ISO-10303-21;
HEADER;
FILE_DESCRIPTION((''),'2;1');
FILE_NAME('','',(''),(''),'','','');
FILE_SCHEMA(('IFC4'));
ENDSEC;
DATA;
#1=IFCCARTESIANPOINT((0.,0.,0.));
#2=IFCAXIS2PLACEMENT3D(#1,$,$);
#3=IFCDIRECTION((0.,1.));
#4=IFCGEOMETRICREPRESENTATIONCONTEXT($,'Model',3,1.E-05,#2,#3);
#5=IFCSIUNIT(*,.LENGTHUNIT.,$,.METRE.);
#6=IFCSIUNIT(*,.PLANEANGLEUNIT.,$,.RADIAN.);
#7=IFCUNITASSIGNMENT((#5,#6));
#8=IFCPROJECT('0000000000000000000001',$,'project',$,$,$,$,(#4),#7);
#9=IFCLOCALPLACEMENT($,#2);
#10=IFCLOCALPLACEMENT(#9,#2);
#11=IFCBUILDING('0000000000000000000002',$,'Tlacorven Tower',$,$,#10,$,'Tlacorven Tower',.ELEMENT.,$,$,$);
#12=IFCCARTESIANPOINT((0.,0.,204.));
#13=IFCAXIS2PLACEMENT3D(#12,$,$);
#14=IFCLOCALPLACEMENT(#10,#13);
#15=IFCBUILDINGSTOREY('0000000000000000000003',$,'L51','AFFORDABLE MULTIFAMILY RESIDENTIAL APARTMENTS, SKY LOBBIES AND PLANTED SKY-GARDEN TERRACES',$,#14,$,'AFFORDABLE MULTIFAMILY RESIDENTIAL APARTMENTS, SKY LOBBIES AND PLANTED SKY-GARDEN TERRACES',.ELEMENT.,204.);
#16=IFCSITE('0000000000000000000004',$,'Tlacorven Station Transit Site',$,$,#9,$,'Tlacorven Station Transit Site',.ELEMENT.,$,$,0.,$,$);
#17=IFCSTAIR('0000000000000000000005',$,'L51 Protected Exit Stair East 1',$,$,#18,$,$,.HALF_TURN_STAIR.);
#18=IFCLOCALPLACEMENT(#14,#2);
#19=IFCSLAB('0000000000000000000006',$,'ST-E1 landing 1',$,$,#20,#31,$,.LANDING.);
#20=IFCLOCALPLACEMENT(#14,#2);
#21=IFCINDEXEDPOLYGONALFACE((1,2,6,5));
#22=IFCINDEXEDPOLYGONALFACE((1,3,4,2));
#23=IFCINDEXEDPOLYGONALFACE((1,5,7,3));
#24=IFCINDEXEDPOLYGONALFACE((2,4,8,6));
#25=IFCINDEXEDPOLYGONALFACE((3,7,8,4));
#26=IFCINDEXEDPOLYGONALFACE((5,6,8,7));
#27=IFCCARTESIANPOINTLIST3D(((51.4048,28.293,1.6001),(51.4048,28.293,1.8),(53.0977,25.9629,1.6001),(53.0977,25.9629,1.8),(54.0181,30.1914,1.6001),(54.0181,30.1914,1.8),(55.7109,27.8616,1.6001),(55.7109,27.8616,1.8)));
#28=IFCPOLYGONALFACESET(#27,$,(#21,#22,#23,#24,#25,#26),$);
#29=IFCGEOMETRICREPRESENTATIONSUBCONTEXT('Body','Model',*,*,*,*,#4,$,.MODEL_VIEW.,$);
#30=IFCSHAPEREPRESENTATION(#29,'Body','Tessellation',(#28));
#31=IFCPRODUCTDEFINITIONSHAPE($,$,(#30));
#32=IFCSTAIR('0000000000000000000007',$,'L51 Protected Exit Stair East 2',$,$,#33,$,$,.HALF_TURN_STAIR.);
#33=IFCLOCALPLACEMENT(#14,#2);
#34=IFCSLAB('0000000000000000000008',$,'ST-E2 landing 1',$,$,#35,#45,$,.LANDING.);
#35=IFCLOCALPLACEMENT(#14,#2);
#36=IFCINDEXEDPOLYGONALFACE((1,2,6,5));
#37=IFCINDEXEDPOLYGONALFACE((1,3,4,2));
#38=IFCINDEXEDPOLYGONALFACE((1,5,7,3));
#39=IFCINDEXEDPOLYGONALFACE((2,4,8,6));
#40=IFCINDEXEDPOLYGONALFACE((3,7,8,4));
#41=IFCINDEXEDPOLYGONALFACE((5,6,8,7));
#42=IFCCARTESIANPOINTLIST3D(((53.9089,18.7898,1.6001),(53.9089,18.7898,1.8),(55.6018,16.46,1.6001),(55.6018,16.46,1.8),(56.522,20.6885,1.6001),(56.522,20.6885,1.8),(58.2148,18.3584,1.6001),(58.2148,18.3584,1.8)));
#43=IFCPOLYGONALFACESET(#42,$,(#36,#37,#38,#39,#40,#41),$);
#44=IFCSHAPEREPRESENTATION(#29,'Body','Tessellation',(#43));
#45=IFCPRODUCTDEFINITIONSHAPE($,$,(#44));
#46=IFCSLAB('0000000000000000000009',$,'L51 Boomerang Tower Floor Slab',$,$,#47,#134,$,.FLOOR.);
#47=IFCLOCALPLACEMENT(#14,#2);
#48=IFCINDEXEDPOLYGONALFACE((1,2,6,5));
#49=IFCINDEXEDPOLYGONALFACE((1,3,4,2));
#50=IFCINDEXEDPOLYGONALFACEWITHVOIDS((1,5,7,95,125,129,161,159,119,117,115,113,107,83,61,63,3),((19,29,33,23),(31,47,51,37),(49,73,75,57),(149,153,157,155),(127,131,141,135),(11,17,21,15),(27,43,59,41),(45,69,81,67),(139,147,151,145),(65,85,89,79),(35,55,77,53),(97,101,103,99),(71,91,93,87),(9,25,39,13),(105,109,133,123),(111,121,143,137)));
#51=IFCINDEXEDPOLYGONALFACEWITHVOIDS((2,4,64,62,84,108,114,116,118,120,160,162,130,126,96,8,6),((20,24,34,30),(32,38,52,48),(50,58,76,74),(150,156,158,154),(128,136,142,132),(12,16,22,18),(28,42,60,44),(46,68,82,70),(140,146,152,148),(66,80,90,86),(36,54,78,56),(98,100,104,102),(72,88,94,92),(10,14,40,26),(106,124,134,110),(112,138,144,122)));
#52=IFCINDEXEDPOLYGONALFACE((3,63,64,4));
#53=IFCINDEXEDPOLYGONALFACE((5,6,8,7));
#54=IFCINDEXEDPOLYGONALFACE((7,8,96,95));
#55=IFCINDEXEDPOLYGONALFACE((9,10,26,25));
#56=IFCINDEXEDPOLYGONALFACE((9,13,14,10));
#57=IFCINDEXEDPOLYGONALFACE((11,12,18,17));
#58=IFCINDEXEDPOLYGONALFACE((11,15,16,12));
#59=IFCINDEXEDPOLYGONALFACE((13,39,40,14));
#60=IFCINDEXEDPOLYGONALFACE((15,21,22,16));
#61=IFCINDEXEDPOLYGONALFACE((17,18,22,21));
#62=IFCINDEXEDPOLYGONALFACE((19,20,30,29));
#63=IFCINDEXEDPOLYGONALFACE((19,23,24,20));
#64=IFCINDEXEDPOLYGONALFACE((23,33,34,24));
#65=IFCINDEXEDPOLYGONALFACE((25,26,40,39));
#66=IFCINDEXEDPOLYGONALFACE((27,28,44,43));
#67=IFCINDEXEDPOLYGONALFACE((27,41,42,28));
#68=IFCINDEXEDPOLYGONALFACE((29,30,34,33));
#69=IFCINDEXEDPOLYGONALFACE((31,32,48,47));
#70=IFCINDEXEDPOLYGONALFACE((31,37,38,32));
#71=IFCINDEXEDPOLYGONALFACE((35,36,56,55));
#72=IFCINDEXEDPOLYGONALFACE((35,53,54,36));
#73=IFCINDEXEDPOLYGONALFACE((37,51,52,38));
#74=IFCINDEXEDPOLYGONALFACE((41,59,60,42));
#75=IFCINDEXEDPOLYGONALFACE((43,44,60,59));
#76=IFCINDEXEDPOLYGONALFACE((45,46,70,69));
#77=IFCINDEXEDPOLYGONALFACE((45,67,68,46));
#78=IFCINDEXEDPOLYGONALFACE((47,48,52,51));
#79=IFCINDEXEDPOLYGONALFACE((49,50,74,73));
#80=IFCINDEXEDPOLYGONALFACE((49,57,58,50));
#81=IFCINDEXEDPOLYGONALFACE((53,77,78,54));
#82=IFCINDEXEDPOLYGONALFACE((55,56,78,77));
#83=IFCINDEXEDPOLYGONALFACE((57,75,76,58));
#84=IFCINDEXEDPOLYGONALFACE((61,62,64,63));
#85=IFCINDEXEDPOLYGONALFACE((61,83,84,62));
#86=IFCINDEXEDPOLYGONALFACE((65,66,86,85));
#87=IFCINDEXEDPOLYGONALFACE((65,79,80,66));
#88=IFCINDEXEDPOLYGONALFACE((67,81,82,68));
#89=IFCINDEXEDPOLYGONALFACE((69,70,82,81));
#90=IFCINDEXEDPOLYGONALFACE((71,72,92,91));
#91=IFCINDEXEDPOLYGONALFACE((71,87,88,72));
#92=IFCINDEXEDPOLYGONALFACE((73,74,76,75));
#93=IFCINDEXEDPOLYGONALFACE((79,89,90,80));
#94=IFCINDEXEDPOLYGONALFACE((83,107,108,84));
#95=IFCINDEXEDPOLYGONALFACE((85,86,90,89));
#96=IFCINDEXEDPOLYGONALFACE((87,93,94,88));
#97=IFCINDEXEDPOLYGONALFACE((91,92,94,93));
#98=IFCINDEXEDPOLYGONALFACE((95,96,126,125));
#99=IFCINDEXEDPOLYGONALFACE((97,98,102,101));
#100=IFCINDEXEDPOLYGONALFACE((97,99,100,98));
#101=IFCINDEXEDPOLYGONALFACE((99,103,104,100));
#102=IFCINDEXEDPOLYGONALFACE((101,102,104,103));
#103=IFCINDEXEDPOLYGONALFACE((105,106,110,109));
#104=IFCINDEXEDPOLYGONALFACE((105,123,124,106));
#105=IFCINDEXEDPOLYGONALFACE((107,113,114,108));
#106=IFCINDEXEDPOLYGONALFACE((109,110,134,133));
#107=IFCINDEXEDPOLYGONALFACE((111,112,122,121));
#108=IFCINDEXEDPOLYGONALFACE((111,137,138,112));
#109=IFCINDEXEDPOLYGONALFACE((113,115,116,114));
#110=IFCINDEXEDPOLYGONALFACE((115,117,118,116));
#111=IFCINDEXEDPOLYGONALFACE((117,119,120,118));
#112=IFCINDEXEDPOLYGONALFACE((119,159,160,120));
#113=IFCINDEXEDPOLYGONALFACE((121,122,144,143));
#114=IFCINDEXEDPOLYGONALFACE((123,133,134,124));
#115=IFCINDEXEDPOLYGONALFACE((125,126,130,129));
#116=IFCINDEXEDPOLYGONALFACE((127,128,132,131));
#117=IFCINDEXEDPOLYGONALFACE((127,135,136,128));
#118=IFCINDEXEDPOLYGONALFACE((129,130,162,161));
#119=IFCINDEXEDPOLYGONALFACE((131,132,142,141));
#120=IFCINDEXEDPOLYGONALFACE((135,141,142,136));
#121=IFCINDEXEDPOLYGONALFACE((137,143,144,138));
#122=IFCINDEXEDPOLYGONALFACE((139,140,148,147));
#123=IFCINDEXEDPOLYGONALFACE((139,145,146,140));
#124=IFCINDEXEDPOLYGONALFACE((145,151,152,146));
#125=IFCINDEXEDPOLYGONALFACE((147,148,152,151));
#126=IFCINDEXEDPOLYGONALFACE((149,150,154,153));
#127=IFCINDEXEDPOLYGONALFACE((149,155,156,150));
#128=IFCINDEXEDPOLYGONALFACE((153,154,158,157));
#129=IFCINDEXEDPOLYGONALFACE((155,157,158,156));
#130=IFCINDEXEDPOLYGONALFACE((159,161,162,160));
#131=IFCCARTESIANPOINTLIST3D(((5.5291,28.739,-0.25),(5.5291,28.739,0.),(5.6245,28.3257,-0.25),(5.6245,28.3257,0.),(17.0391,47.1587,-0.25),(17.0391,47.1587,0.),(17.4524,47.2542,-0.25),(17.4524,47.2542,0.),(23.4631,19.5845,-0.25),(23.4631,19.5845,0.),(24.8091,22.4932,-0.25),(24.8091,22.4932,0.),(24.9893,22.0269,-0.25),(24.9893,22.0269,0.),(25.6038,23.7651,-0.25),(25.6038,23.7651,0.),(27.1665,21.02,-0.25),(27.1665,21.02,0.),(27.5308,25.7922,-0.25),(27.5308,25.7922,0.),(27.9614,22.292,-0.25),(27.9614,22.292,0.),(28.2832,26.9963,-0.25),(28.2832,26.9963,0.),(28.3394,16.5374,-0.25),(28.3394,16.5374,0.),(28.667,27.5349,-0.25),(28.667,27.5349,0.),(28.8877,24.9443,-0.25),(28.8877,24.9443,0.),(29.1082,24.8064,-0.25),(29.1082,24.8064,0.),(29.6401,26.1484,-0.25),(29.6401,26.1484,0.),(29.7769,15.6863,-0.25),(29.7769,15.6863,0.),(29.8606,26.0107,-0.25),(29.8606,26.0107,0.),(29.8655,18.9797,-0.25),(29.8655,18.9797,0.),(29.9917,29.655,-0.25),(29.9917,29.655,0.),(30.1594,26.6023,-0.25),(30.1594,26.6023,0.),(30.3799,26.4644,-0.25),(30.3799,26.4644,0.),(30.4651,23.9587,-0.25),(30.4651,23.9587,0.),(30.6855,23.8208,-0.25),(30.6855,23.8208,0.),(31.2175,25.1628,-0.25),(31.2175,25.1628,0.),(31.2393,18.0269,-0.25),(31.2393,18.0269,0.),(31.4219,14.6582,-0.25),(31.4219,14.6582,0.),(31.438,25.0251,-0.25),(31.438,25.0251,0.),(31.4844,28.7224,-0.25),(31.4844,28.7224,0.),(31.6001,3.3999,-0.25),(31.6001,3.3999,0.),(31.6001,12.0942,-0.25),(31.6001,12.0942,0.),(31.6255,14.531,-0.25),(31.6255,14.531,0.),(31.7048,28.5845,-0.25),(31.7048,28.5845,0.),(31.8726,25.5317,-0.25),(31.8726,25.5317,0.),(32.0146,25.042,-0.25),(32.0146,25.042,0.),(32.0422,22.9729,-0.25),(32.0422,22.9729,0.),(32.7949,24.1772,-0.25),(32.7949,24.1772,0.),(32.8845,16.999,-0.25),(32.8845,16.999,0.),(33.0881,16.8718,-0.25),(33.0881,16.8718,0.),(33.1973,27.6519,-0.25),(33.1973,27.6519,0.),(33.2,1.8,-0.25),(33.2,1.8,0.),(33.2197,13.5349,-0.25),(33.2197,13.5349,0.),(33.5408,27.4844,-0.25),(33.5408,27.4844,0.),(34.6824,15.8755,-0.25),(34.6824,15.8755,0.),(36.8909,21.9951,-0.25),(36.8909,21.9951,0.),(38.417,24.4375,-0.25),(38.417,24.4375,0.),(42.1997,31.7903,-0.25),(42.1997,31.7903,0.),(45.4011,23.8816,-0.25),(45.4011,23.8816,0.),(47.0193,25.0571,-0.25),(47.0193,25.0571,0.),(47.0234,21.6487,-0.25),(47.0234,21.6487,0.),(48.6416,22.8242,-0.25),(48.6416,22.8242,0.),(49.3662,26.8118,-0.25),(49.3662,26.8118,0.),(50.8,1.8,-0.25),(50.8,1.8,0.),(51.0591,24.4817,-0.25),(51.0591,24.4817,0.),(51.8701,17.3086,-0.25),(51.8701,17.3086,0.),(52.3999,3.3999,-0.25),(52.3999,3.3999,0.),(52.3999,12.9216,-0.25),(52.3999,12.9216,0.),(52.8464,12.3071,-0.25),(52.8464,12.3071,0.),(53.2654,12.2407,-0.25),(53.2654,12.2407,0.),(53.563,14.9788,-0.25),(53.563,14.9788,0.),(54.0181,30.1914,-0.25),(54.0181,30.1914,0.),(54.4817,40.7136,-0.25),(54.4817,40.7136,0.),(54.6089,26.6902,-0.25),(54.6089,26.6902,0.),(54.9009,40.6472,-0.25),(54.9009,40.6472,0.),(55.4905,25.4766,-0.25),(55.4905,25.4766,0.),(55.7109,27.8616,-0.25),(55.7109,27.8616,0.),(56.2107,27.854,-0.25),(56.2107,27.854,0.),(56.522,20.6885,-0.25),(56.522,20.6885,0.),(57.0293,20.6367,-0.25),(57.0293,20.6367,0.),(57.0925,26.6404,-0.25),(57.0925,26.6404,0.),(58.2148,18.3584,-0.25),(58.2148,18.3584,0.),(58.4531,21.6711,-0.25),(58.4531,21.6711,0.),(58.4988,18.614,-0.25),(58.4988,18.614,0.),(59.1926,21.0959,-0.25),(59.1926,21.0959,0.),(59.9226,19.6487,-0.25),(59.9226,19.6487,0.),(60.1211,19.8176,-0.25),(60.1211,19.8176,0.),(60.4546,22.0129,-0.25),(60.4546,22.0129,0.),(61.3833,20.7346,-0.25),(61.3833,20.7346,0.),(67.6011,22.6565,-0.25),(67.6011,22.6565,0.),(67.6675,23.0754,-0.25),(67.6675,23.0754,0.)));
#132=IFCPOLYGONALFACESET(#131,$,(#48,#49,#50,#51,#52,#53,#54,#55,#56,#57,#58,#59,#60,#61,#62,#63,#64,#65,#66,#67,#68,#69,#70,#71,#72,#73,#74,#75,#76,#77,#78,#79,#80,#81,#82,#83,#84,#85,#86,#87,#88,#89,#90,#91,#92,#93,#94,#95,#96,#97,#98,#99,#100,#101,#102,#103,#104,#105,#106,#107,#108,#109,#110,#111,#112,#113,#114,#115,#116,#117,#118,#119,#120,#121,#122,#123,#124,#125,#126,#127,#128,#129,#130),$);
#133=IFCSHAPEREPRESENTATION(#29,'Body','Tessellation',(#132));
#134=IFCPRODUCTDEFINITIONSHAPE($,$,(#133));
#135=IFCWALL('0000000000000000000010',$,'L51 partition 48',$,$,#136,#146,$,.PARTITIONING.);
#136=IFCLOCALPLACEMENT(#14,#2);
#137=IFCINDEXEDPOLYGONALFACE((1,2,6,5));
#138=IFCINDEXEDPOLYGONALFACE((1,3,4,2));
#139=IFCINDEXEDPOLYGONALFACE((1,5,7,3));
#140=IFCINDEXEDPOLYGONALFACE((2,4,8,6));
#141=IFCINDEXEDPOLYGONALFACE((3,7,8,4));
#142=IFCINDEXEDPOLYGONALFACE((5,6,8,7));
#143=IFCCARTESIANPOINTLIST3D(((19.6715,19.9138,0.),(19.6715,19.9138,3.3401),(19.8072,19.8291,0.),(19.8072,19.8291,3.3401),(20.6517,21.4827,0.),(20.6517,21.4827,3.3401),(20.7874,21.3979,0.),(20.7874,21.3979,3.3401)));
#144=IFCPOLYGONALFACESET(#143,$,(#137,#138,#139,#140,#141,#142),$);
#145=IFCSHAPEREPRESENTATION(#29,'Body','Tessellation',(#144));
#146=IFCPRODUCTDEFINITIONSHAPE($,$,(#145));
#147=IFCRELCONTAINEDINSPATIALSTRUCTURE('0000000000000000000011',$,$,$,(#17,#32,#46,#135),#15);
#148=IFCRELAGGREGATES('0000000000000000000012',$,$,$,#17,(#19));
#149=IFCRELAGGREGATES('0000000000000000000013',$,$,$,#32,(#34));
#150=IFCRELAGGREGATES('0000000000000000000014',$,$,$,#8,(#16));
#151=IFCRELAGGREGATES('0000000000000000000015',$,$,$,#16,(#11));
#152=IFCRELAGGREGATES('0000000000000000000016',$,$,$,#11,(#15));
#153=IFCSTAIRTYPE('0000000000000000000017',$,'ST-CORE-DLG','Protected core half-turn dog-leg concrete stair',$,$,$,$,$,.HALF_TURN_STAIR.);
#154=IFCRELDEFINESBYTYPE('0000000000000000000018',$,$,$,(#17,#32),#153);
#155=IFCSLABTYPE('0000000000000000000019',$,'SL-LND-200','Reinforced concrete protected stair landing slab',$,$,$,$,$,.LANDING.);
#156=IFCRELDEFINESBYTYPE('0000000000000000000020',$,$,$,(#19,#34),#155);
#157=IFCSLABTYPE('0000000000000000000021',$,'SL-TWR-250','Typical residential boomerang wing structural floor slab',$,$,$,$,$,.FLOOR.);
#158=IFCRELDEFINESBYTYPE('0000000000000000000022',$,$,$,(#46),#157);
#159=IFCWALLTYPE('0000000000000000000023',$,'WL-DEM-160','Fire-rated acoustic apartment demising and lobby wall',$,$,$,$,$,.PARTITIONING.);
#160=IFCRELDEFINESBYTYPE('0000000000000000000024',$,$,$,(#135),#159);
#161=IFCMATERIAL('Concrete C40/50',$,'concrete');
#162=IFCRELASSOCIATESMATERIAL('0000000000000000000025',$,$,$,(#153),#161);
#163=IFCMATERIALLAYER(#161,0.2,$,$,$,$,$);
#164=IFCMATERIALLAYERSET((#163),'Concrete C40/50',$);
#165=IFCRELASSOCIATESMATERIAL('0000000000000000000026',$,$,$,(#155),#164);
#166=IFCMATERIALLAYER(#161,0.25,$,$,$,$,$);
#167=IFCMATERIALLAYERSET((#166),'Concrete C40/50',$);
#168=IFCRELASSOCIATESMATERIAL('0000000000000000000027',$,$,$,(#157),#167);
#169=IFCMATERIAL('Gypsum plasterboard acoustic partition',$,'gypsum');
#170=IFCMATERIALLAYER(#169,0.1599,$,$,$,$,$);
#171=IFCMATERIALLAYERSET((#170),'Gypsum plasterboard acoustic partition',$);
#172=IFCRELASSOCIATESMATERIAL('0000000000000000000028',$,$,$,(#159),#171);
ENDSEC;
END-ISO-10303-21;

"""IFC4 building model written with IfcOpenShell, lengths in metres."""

from ifc_helpers import new_model, si_unit, direction, frame, frame_2d, origin, place, context, subcontext, project, spatial, polyline, rectangle, outline, extrude, material, layer, layer_set, type_object, element, aggregate, save


model = new_model("IFC4")

# Units and contexts
model_context = context("Model", 3, precision=1e-05, world=origin(), true_north=direction((0.0, 1.0)))
body_context = subcontext(model_context, "Body", "Model", "MODEL_VIEW")
ifc_project = project(units=[si_unit("LENGTHUNIT", "METRE"), si_unit("PLANEANGLEUNIT", "RADIAN")], contexts=[model_context])

# Site, building, storey
site_placement = place(None, origin())
site = spatial("IfcSite", under=ifc_project, at=site_placement, Name="Tlacorven Station Transit Site", LongName="Tlacorven Station Transit Site", CompositionType="ELEMENT", RefElevation=0.0)
building_placement = place(site_placement, origin())
building = spatial("IfcBuilding", under=site, at=building_placement, Name="Tlacorven Tower", LongName="Tlacorven Tower", CompositionType="ELEMENT")
storey_placement = place(building_placement, frame((0.0, 0.0, 204.0)))
storey = spatial("IfcBuildingStorey", under=building, at=storey_placement, Name="L51", Description="AFFORDABLE MULTIFAMILY RESIDENTIAL APARTMENTS, SKY LOBBIES AND PLANTED SKY-GARDEN TERRACES", LongName="AFFORDABLE MULTIFAMILY RESIDENTIAL APARTMENTS, SKY LOBBIES AND PLANTED SKY-GARDEN TERRACES", CompositionType="ELEMENT", Elevation=204.0)

# Stairs, slabs
ifc_material_1 = material(Name="Concrete C40/50", Category="concrete")
stair_type = type_object("IfcStairType", Name="ST-CORE-DLG", Description="Protected core half-turn dog-leg concrete stair", PredefinedType="HALF_TURN_STAIR", material=ifc_material_1)
ifc_layer_1 = layer(ifc_material_1, 0.2)
ifc_layer_set_1 = layer_set([ifc_layer_1], Name="Concrete C40/50")
slab_type_1 = type_object("IfcSlabType", Name="SL-LND-200", Description="Reinforced concrete protected stair landing slab", PredefinedType="LANDING", material=ifc_layer_set_1)
stair_1_placement = place(storey_placement, origin())
stair_1 = element("IfcStair", 1, at=stair_1_placement, inside=storey, type_object=stair_type, Name="L51 Protected Exit Stair East 1", PredefinedType="HALF_TURN_STAIR")
slab_1_placement = place(storey_placement, frame((0.0, 0.0, 1.6001)))
slab_1 = element("IfcSlab", 2, at=slab_1_placement, type_object=slab_type_1, Name="ST-E1 landing 1", PredefinedType="LANDING", context=body_context, shape_type="SweptSolid", body=[
    extrude(outline(polyline([(53.0977, 25.9629), (55.7109, 27.8616), (54.0181, 30.1914), (51.4048, 28.293), (53.0977, 25.9629)])), origin(), (0.0, 0.0, 1.0), 0.2),
])
aggregate(stair_1, [slab_1])
stair_2_placement = place(storey_placement, origin())
stair_2 = element("IfcStair", 3, at=stair_2_placement, inside=storey, type_object=stair_type, Name="L51 Protected Exit Stair East 2", PredefinedType="HALF_TURN_STAIR")
slab_2_placement = place(storey_placement, frame((0.0, 0.0, 1.6001)))
slab_2 = element("IfcSlab", 4, at=slab_2_placement, type_object=slab_type_1, Name="ST-E2 landing 1", PredefinedType="LANDING", context=body_context, shape_type="SweptSolid", body=[
    extrude(outline(polyline([(55.6018, 16.46), (58.2148, 18.3584), (56.522, 20.6885), (53.9089, 18.7898), (55.6018, 16.46)])), origin(), (0.0, 0.0, 1.0), 0.2),
])
aggregate(stair_2, [slab_2])

# Slab
ifc_layer_2 = layer(ifc_material_1, 0.25)
ifc_layer_set_2 = layer_set([ifc_layer_2], Name="Concrete C40/50")
slab_type_2 = type_object("IfcSlabType", Name="SL-TWR-250", Description="Typical residential boomerang wing structural floor slab", PredefinedType="FLOOR", material=ifc_layer_set_2)
slab_3_placement = place(storey_placement, frame((0.0, 0.0, -0.25)))
element("IfcSlab", 5, at=slab_3_placement, inside=storey, type_object=slab_type_2, Name="L51 Boomerang Tower Floor Slab", PredefinedType="FLOOR", context=body_context, shape_type="SweptSolid", body=[
    extrude(outline(polyline([(52.3999, 3.3999), (50.8, 1.8), (33.2, 1.8), (31.6001, 3.3999), (31.6001, 12.0942), (5.6245, 28.3257), (5.5291, 28.739), (17.0391, 47.1587), (17.4524, 47.2542), (42.1997, 31.7903), (54.4817, 40.7136), (54.9009, 40.6472), (67.6675, 23.0754), (67.6011, 22.6565), (53.2654, 12.2407), (52.8464, 12.3071), (52.3999, 12.9216), (52.3999, 3.3999)]), holes=[polyline([(29.8655, 18.9797), (24.9893, 22.0269), (23.4631, 19.5845), (28.3394, 16.5374), (29.8655, 18.9797)]), polyline([(38.417, 24.4375), (33.5408, 27.4844), (32.0146, 25.042), (36.8909, 21.9951), (38.417, 24.4375)]), polyline([(51.0591, 24.4817), (55.7109, 27.8616), (54.0181, 30.1914), (49.3662, 26.8118), (51.0591, 24.4817)]), polyline([(53.563, 14.9788), (58.2148, 18.3584), (56.522, 20.6885), (51.8701, 17.3086), (53.563, 14.9788)]), polyline([(34.6824, 15.8755), (33.0881, 16.8718), (31.6255, 14.531), (33.2197, 13.5349), (34.6824, 15.8755)]), polyline([(32.8845, 16.999), (31.2393, 18.0269), (29.7769, 15.6863), (31.4219, 14.6582), (32.8845, 16.999)]), polyline([(47.0234, 21.6487), (48.6416, 22.8242), (47.0193, 25.0571), (45.4011, 23.8816), (47.0234, 21.6487)]), polyline([(33.1973, 27.6519), (31.7048, 28.5845), (30.3799, 26.4644), (31.8726, 25.5317), (33.1973, 27.6519)]), polyline([(31.4844, 28.7224), (29.9917, 29.655), (28.667, 27.5349), (30.1594, 26.6023), (31.4844, 28.7224)]), polyline([(32.7949, 24.1772), (31.438, 25.0251), (30.6855, 23.8208), (32.0422, 22.9729), (32.7949, 24.1772)]), polyline([(31.2175, 25.1628), (29.8606, 26.0107), (29.1082, 24.8064), (30.4651, 23.9587), (31.2175, 25.1628)]), polyline([(29.6401, 26.1484), (28.2832, 26.9963), (27.5308, 25.7922), (28.8877, 24.9443), (29.6401, 26.1484)]), polyline([(58.4988, 18.614), (59.9226, 19.6487), (58.4531, 21.6711), (57.0293, 20.6367), (58.4988, 18.614)]), polyline([(27.9614, 22.292), (25.6038, 23.7651), (24.8091, 22.4932), (27.1665, 21.02), (27.9614, 22.292)]), polyline([(55.4905, 25.4766), (57.0925, 26.6404), (56.2107, 27.854), (54.6089, 26.6902), (55.4905, 25.4766)]), polyline([(60.1211, 19.8176), (61.3833, 20.7346), (60.4546, 22.0129), (59.1926, 21.0959), (60.1211, 19.8176)])]), origin(), (0.0, 0.0, 1.0), 0.25),
])

# Wall
ifc_material_2 = material(Name="Gypsum plasterboard acoustic partition", Category="gypsum")
ifc_layer_3 = layer(ifc_material_2, 0.1599)
ifc_layer_set_3 = layer_set([ifc_layer_3], Name="Gypsum plasterboard acoustic partition")
wall_type = type_object("IfcWallType", Name="WL-DEM-160", Description="Fire-rated acoustic apartment demising and lobby wall", PredefinedType="PARTITIONING", material=ifc_layer_set_3)
wall_1_placement = place(storey_placement, frame((20.7195, 21.4402, 0.0), z_axis=(0.0, 0.0, 1.0), x_axis=(-0.52988, -0.848072, 0.0)))
element("IfcWall", 6, at=wall_1_placement, inside=storey, type_object=wall_type, Name="L51 partition 48", PredefinedType="PARTITIONING", context=body_context, shape_type="SweptSolid", body=[
    extrude(rectangle(XDim=1.8499, YDim=0.1599, at=frame_2d((0.9248, 0.0))), origin(), (0.0, 0.0, 1.0), 3.3401),
])

save(model, "model.ifc")
